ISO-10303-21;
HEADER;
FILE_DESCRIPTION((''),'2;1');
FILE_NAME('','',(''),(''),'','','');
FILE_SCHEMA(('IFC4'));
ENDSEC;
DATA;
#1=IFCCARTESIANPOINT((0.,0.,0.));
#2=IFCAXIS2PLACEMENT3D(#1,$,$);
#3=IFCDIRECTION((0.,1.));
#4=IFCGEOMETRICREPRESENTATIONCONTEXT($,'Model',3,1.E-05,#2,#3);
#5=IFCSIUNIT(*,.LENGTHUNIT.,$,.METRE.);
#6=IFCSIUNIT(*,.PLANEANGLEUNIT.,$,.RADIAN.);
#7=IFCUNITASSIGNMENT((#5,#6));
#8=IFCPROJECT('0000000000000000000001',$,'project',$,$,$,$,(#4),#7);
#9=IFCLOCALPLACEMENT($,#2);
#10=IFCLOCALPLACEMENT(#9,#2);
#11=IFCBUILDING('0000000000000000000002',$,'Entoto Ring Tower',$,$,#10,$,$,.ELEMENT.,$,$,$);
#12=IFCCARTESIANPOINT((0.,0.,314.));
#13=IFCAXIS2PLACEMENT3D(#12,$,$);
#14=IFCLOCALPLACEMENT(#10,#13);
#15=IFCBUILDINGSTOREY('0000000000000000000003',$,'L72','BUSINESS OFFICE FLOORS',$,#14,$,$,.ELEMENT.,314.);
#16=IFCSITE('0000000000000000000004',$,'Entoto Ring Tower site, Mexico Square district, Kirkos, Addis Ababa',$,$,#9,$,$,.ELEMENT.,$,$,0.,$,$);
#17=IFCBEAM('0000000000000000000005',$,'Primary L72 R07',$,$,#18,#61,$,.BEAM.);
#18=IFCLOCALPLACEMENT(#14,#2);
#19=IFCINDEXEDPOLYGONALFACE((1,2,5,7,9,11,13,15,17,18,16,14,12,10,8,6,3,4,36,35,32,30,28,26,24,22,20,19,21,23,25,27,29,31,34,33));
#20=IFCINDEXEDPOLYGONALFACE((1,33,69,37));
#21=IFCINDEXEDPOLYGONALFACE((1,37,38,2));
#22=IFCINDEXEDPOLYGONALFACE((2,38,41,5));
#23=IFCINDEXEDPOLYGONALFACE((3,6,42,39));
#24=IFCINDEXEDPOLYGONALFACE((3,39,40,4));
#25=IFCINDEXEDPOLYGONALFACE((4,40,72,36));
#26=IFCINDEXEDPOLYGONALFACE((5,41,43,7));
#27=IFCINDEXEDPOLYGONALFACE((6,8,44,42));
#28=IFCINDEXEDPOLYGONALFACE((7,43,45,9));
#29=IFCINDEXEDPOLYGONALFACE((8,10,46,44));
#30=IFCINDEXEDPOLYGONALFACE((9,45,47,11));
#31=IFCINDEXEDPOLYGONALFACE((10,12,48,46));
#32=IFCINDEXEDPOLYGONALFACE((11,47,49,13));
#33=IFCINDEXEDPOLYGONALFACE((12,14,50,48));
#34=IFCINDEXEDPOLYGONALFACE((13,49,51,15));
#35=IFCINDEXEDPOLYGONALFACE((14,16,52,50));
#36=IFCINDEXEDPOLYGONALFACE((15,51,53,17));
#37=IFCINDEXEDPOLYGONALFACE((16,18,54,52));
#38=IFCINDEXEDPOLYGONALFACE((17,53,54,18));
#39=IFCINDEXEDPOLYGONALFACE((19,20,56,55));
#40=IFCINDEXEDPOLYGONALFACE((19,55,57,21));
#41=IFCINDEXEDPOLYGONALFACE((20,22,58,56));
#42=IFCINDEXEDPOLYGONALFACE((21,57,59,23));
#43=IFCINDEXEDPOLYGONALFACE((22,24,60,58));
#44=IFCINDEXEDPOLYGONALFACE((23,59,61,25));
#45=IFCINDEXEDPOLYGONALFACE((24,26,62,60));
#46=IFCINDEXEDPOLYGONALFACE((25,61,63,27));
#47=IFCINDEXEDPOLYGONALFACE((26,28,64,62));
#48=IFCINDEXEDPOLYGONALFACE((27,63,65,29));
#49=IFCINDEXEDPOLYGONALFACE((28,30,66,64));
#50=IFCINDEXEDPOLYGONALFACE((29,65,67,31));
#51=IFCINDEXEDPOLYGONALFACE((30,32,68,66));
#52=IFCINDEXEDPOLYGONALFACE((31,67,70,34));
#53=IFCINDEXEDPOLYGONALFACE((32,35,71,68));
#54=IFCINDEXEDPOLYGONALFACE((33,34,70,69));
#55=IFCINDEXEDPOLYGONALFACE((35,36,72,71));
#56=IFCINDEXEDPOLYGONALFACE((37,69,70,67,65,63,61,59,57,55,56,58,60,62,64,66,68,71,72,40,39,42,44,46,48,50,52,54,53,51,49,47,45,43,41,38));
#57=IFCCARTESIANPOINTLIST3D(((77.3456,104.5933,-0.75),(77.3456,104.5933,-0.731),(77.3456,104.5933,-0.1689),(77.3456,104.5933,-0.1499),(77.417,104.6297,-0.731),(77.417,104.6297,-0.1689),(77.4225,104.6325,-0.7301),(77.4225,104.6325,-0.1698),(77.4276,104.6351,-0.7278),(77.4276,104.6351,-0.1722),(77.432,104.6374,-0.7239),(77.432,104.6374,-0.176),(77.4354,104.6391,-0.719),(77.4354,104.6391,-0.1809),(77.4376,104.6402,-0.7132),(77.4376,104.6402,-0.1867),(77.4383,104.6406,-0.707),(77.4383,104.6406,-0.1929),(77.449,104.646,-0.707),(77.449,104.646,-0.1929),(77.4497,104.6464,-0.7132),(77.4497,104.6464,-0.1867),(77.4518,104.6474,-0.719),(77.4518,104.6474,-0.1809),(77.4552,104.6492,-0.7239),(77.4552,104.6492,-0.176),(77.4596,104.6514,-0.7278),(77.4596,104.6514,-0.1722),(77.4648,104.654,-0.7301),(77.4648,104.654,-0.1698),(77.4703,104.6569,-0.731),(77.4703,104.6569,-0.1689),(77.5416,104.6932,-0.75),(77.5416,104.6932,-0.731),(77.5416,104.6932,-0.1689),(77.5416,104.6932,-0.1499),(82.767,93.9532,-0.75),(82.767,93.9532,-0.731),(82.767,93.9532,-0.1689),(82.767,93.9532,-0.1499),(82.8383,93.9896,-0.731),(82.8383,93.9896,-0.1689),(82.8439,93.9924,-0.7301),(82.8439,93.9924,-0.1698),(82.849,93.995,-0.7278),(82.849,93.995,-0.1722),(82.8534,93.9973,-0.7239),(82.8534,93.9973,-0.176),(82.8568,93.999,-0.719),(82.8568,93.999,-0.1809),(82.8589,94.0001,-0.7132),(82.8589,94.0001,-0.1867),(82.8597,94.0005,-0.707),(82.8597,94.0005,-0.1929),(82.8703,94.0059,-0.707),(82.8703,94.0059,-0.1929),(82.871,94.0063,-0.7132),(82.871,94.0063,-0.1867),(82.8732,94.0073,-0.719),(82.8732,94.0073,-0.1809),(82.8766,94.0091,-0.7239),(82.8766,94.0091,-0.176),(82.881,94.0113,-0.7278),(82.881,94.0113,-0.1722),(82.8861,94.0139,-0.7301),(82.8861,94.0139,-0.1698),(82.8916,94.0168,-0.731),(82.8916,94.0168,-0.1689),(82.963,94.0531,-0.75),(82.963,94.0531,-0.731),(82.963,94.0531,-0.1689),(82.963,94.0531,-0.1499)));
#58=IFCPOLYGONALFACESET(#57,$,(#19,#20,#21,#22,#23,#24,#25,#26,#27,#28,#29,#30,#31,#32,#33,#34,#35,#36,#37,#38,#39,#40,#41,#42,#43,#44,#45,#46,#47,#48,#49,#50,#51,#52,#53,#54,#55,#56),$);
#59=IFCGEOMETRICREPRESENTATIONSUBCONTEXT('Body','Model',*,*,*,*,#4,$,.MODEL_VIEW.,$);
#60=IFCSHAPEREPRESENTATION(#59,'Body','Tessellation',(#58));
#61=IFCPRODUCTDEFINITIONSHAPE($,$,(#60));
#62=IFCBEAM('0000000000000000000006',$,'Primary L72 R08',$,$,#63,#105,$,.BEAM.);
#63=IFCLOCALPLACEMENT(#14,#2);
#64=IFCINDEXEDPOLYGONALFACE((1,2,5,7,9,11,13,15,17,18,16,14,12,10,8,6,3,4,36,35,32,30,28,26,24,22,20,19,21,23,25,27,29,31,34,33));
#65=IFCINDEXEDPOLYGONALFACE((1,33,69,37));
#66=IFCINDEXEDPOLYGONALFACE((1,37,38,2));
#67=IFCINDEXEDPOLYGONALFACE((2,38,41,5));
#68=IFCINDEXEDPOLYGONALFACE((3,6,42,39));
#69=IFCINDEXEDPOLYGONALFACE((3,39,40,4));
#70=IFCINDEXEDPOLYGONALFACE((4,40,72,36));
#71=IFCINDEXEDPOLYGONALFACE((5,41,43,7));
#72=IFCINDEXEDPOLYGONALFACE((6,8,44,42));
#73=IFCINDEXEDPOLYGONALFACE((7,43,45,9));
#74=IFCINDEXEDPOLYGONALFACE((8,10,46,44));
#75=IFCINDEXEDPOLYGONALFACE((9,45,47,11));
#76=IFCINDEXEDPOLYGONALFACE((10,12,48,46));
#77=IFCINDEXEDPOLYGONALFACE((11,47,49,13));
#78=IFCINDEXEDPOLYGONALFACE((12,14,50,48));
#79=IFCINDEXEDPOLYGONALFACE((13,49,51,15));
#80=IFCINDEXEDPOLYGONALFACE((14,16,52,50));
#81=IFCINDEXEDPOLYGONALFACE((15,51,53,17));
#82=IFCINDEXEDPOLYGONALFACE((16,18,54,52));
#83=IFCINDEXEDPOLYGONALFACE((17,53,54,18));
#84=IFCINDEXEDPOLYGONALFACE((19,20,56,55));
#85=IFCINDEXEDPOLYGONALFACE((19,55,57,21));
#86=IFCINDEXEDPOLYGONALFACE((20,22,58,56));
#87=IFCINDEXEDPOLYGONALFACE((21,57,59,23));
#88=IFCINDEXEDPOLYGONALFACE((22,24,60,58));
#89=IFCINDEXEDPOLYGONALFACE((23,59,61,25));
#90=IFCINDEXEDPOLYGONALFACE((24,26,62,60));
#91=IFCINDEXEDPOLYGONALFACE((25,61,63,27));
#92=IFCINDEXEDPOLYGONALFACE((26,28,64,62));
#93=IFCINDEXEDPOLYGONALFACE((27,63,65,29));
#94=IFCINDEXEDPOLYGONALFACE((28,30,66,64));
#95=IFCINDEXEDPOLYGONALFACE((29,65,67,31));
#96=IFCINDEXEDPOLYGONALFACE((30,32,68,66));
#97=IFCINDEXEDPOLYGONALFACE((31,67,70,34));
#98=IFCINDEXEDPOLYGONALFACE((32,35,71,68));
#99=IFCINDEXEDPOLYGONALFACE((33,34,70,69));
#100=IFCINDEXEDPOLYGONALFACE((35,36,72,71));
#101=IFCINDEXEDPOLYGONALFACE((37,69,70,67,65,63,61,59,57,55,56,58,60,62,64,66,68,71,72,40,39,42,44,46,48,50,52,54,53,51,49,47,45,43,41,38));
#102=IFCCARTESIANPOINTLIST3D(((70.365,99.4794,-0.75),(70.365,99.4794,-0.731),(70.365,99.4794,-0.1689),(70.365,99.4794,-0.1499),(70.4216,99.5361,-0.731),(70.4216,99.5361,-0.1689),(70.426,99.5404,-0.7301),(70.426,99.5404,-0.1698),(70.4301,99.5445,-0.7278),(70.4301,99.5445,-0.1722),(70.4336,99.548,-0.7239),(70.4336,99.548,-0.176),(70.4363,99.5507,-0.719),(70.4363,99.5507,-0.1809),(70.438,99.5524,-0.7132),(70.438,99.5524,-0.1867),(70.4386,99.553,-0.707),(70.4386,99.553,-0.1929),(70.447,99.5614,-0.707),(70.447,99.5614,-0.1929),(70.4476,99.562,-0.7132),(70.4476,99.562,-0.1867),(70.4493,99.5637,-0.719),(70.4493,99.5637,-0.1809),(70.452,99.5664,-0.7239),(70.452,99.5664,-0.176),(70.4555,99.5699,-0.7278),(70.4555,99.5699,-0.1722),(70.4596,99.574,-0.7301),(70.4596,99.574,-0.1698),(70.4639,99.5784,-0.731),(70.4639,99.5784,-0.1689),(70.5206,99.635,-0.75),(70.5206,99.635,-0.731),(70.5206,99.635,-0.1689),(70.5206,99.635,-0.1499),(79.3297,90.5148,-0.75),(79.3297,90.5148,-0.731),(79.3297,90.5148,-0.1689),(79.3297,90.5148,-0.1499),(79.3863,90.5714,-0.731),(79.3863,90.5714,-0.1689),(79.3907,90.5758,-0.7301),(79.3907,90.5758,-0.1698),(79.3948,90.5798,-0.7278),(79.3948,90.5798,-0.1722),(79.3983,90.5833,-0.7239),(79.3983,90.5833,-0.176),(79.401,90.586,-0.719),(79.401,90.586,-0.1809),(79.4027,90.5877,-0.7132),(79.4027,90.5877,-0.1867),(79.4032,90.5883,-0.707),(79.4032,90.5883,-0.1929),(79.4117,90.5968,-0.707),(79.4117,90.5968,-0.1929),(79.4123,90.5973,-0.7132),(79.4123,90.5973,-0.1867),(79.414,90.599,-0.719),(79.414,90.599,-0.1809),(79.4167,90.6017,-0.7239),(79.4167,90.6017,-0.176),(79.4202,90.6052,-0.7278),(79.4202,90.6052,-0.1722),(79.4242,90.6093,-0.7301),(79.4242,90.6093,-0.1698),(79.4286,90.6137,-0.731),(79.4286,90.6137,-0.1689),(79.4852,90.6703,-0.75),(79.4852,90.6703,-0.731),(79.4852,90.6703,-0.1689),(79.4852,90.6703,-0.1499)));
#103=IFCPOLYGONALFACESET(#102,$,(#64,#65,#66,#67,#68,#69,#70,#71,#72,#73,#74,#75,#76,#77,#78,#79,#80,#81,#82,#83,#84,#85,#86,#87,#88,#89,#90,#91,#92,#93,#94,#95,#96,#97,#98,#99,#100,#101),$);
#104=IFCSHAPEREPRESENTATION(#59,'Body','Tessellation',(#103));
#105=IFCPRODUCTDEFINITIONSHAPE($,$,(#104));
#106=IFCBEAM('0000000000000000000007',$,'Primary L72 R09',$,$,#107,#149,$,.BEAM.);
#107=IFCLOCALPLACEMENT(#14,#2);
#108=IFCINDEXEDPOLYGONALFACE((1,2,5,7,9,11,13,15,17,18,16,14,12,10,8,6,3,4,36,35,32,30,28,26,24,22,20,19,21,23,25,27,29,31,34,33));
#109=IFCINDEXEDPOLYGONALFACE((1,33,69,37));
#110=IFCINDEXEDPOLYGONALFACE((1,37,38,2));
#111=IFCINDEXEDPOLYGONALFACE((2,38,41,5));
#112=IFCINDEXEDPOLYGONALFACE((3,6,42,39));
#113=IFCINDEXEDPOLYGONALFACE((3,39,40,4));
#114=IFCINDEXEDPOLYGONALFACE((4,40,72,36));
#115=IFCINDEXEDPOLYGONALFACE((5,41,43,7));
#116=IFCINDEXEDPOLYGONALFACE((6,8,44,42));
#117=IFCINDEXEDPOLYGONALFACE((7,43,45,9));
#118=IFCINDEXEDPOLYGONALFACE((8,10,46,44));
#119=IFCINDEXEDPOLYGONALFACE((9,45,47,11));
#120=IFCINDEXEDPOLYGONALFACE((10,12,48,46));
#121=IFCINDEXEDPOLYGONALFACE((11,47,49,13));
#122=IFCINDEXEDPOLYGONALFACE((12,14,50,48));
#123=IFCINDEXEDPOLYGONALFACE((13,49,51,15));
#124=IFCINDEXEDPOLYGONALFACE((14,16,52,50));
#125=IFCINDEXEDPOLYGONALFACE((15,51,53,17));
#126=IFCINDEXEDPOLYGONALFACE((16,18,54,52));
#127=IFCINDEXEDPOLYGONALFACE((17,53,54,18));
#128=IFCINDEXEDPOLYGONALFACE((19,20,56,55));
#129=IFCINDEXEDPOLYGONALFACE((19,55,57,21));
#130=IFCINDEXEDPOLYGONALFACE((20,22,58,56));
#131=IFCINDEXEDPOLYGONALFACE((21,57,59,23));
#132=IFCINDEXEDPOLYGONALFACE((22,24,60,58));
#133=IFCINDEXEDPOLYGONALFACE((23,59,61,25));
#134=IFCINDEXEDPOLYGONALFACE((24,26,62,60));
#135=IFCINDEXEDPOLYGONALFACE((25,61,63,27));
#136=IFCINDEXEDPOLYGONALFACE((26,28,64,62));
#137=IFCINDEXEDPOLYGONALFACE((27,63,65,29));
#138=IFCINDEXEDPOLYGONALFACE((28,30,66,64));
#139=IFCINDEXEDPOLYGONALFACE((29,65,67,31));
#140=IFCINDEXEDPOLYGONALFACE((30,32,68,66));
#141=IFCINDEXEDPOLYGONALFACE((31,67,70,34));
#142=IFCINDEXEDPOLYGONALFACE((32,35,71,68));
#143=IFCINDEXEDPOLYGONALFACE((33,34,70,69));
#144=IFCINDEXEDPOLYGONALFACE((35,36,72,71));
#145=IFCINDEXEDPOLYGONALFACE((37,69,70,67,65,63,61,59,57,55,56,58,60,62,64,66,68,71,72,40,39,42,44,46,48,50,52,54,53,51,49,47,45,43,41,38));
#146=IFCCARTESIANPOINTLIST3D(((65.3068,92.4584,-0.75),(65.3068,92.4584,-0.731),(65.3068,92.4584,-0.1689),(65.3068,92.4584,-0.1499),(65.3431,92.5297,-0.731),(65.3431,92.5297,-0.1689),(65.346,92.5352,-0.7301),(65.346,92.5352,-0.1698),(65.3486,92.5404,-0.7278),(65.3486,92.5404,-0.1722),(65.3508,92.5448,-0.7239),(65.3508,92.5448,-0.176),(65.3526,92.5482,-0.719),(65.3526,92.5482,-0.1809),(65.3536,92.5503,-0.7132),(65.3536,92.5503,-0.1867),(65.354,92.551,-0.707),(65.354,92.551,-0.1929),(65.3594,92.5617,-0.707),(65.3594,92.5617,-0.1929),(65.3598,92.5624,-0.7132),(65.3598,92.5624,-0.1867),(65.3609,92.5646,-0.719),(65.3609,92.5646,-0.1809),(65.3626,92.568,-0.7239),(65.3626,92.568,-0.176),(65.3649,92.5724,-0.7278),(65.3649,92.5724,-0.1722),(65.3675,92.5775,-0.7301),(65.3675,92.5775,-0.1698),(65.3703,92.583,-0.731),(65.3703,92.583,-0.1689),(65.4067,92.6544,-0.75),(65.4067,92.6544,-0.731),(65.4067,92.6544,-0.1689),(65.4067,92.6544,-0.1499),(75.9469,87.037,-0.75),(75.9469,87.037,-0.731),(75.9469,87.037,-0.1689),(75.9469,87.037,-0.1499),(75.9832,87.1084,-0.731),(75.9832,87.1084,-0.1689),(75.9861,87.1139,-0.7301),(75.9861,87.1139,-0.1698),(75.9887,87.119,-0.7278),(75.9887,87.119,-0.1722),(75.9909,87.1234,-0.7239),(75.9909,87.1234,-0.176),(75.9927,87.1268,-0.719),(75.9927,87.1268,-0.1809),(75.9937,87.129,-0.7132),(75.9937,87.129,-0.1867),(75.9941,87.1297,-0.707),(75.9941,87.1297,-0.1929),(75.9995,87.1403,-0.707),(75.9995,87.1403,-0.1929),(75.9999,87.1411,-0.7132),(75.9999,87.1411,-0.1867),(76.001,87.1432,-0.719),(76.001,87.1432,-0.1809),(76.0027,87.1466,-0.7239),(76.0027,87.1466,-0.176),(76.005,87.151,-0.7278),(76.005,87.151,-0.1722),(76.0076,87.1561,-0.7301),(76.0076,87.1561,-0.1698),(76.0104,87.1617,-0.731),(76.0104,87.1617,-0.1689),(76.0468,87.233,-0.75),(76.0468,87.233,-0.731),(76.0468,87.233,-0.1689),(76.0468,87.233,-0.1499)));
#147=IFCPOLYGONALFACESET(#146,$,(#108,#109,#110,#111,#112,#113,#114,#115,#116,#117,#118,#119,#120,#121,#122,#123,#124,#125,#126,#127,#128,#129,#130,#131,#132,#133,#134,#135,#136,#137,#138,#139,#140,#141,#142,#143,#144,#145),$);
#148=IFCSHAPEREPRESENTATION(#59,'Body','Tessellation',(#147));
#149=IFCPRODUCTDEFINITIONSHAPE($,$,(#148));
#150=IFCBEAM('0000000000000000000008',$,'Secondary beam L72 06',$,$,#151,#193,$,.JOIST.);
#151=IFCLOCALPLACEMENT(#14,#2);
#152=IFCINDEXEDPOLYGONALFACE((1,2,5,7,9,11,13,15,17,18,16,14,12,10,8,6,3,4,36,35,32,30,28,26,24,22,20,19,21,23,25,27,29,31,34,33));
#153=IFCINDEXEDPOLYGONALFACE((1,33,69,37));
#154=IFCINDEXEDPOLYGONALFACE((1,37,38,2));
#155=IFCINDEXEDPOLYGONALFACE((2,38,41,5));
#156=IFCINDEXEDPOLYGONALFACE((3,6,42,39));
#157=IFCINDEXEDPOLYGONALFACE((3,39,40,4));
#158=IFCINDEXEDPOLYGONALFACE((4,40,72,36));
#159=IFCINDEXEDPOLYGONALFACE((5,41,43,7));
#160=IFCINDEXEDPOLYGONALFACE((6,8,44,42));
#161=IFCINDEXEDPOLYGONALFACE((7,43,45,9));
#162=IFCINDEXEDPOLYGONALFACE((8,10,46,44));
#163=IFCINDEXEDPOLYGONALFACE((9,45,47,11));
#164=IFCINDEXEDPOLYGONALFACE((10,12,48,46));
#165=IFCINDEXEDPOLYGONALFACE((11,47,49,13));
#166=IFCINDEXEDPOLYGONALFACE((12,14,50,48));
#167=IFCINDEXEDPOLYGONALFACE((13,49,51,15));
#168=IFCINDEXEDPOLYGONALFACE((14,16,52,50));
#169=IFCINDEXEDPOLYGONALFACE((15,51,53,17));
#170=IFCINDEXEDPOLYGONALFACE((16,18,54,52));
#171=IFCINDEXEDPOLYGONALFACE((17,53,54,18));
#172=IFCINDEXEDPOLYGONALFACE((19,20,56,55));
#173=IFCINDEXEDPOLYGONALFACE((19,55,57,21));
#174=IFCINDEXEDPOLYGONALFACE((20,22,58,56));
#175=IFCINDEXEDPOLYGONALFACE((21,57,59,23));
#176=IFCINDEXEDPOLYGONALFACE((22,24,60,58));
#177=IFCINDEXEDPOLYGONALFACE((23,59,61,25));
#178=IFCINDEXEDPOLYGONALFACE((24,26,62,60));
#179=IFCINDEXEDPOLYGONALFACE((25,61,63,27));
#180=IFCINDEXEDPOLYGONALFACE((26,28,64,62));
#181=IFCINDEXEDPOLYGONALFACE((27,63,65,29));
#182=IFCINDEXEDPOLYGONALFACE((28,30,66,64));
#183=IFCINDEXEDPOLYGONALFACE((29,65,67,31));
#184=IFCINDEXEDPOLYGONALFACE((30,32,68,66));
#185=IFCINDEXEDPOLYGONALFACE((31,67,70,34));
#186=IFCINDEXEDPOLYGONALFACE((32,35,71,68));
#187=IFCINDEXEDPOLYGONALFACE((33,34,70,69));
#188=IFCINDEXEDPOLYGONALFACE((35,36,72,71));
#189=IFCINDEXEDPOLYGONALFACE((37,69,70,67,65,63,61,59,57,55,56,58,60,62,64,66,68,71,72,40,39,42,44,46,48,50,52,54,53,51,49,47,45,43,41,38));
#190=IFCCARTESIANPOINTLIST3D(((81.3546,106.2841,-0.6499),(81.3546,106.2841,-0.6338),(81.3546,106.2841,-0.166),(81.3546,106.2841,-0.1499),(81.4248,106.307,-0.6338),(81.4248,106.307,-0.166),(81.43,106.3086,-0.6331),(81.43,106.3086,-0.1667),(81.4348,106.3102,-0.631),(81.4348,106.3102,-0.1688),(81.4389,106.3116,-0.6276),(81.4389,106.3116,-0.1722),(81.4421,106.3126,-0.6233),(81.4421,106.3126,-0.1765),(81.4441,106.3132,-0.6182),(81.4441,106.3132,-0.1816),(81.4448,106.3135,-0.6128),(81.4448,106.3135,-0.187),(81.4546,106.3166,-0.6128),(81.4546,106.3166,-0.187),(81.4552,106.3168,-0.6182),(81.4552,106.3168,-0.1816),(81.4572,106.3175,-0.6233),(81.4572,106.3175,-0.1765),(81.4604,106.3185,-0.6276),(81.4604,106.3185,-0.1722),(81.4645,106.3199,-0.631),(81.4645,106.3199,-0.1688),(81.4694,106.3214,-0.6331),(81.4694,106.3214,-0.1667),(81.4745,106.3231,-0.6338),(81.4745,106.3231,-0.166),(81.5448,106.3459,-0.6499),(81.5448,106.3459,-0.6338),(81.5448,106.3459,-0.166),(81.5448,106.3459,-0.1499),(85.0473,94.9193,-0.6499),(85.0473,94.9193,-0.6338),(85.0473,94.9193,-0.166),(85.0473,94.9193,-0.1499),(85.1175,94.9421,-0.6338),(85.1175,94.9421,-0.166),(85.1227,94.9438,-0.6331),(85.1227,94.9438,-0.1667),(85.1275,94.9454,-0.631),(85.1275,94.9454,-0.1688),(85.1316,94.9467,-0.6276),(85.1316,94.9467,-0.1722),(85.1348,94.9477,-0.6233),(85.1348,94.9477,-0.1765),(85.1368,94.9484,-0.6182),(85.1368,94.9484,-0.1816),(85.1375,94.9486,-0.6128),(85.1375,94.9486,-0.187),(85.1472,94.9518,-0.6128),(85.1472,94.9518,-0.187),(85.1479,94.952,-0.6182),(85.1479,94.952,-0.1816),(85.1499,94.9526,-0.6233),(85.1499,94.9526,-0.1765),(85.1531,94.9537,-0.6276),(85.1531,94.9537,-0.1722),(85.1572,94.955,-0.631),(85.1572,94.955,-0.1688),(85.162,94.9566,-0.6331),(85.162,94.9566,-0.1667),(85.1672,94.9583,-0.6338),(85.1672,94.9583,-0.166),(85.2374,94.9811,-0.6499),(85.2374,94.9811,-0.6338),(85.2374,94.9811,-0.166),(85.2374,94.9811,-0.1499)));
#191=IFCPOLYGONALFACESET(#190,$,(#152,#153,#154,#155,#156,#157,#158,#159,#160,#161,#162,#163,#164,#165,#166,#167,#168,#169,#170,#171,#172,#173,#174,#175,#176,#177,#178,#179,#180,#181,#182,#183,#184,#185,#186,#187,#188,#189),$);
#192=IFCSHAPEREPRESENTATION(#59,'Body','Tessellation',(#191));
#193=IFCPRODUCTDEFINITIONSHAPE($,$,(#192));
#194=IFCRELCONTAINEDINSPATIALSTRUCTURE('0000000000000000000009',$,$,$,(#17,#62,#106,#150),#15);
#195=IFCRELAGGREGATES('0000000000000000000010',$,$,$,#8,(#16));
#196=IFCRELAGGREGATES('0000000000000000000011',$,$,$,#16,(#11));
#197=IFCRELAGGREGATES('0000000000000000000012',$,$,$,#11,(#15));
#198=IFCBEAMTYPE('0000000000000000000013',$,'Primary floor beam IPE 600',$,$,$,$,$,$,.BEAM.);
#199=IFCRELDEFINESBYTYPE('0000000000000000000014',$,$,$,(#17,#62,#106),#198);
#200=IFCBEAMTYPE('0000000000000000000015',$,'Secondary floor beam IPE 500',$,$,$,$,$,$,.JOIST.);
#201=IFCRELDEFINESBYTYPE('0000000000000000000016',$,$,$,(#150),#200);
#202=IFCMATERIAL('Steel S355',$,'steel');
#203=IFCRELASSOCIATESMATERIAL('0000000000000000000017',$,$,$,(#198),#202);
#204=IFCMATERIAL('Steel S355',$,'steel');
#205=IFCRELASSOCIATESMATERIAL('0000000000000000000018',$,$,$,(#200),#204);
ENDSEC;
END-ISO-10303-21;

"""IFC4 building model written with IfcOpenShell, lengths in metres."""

from ifc_helpers import new_model, si_unit, direction, frame, origin, origin_2d, place, context, subcontext, project, spatial, i_section, extrude, material, material_profile, profile_set, type_object, element, save


model = new_model("IFC4")

# Units and contexts
model_context = context("Model", 3, precision=1e-05, world=origin(), true_north=direction((0.0, 1.0)))
body_context = subcontext(model_context, "Body", "Model", "MODEL_VIEW")
ifc_project = project(units=[si_unit("LENGTHUNIT", "METRE"), si_unit("PLANEANGLEUNIT", "RADIAN")], contexts=[model_context])

# Site, building, storey
site_placement = place(None, origin())
site = spatial("IfcSite", under=ifc_project, at=site_placement, Name="Entoto Ring Tower site, Mexico Square district, Kirkos, Addis Ababa", CompositionType="ELEMENT", RefElevation=0.0)
building_placement = place(site_placement, origin())
building = spatial("IfcBuilding", under=site, at=building_placement, Name="Entoto Ring Tower", CompositionType="ELEMENT")
storey_placement = place(building_placement, frame((0.0, 0.0, 314.0)))
storey = spatial("IfcBuildingStorey", under=building, at=storey_placement, Name="L72", Description="BUSINESS OFFICE FLOORS", CompositionType="ELEMENT", Elevation=314.0)

# Beams
ifc_material_1 = material(Name="Steel S355", Category="steel")
ifc_material_profile_1 = material_profile(ifc_material_1, i_section(OverallWidth=0.22, OverallDepth=0.6001, WebThickness=0.012, FlangeThickness=0.019, FilletRadius=0.0239, at=origin_2d()), Name="IPE 600")
ifc_profile_set_1 = profile_set([ifc_material_profile_1], Name="Steel S355")
beam_type_1 = type_object("IfcBeamType", Name="Primary floor beam IPE 600", PredefinedType="BEAM", material=ifc_profile_set_1)
beam_1_placement = place(storey_placement, frame((82.865, 94.0032, -0.45), z_axis=(-0.453988, 0.891008, 0.0), x_axis=(-0.891008, -0.453988, 0.0)))
element("IfcBeam", 1, at=beam_1_placement, inside=storey, type_object=beam_type_1, Name="Primary L72 R07", PredefinedType="BEAM", context=body_context, shape_type="SweptSolid", body=[
    extrude(i_section(OverallWidth=0.22, OverallDepth=0.6001, WebThickness=0.012, FlangeThickness=0.019, FilletRadius=0.0239, at=origin_2d()), origin(), (0.0, 0.0, 1.0), 11.9417),
])
beam_2_placement = place(storey_placement, frame((79.4075, 90.5925, -0.45), z_axis=(-0.707107, 0.707107, 0.0), x_axis=(-0.707107, -0.707107, 0.0)))
element("IfcBeam", 2, at=beam_2_placement, inside=storey, type_object=beam_type_1, Name="Primary L72 R08", PredefinedType="BEAM", context=body_context, shape_type="SweptSolid", body=[
    extrude(i_section(OverallWidth=0.22, OverallDepth=0.6001, WebThickness=0.012, FlangeThickness=0.019, FilletRadius=0.0239, at=origin_2d()), origin(), (0.0, 0.0, 1.0), 12.678),
])
beam_3_placement = place(storey_placement, frame((75.9968, 87.135, -0.45), z_axis=(-0.891008, 0.453988, 0.0), x_axis=(-0.453988, -0.891008, 0.0)))
element("IfcBeam", 3, at=beam_3_placement, inside=storey, type_object=beam_type_1, Name="Primary L72 R09", PredefinedType="BEAM", context=body_context, shape_type="SweptSolid", body=[
    extrude(i_section(OverallWidth=0.22, OverallDepth=0.6001, WebThickness=0.012, FlangeThickness=0.019, FilletRadius=0.0239, at=origin_2d()), origin(), (0.0, 0.0, 1.0), 11.9417),
])
ifc_material_2 = material(Name="Steel S355", Category="steel")
ifc_material_profile_2 = material_profile(ifc_material_2, i_section(OverallWidth=0.2, OverallDepth=0.5, WebThickness=0.0103, FlangeThickness=0.0161, FilletRadius=0.021, at=origin_2d()), Name="IPE 500")
ifc_profile_set_2 = profile_set([ifc_material_profile_2], Name="Steel S355")
beam_type_2 = type_object("IfcBeamType", Name="Secondary floor beam IPE 500", PredefinedType="JOIST", material=ifc_profile_set_2)
beam_4_placement = place(storey_placement, frame((85.1423, 94.9502, -0.3999), z_axis=(-0.309017, 0.951057, 0.0), x_axis=(-0.951057, -0.309017, 0.0)))
element("IfcBeam", 4, at=beam_4_placement, inside=storey, type_object=beam_type_2, Name="Secondary beam L72 06", PredefinedType="JOIST", context=body_context, shape_type="SweptSolid", body=[
    extrude(i_section(OverallWidth=0.2, OverallDepth=0.5, WebThickness=0.0103, FlangeThickness=0.0161, FilletRadius=0.021, at=origin_2d()), origin(), (0.0, 0.0, 1.0), 11.9497),
])

save(model, "model.ifc")
